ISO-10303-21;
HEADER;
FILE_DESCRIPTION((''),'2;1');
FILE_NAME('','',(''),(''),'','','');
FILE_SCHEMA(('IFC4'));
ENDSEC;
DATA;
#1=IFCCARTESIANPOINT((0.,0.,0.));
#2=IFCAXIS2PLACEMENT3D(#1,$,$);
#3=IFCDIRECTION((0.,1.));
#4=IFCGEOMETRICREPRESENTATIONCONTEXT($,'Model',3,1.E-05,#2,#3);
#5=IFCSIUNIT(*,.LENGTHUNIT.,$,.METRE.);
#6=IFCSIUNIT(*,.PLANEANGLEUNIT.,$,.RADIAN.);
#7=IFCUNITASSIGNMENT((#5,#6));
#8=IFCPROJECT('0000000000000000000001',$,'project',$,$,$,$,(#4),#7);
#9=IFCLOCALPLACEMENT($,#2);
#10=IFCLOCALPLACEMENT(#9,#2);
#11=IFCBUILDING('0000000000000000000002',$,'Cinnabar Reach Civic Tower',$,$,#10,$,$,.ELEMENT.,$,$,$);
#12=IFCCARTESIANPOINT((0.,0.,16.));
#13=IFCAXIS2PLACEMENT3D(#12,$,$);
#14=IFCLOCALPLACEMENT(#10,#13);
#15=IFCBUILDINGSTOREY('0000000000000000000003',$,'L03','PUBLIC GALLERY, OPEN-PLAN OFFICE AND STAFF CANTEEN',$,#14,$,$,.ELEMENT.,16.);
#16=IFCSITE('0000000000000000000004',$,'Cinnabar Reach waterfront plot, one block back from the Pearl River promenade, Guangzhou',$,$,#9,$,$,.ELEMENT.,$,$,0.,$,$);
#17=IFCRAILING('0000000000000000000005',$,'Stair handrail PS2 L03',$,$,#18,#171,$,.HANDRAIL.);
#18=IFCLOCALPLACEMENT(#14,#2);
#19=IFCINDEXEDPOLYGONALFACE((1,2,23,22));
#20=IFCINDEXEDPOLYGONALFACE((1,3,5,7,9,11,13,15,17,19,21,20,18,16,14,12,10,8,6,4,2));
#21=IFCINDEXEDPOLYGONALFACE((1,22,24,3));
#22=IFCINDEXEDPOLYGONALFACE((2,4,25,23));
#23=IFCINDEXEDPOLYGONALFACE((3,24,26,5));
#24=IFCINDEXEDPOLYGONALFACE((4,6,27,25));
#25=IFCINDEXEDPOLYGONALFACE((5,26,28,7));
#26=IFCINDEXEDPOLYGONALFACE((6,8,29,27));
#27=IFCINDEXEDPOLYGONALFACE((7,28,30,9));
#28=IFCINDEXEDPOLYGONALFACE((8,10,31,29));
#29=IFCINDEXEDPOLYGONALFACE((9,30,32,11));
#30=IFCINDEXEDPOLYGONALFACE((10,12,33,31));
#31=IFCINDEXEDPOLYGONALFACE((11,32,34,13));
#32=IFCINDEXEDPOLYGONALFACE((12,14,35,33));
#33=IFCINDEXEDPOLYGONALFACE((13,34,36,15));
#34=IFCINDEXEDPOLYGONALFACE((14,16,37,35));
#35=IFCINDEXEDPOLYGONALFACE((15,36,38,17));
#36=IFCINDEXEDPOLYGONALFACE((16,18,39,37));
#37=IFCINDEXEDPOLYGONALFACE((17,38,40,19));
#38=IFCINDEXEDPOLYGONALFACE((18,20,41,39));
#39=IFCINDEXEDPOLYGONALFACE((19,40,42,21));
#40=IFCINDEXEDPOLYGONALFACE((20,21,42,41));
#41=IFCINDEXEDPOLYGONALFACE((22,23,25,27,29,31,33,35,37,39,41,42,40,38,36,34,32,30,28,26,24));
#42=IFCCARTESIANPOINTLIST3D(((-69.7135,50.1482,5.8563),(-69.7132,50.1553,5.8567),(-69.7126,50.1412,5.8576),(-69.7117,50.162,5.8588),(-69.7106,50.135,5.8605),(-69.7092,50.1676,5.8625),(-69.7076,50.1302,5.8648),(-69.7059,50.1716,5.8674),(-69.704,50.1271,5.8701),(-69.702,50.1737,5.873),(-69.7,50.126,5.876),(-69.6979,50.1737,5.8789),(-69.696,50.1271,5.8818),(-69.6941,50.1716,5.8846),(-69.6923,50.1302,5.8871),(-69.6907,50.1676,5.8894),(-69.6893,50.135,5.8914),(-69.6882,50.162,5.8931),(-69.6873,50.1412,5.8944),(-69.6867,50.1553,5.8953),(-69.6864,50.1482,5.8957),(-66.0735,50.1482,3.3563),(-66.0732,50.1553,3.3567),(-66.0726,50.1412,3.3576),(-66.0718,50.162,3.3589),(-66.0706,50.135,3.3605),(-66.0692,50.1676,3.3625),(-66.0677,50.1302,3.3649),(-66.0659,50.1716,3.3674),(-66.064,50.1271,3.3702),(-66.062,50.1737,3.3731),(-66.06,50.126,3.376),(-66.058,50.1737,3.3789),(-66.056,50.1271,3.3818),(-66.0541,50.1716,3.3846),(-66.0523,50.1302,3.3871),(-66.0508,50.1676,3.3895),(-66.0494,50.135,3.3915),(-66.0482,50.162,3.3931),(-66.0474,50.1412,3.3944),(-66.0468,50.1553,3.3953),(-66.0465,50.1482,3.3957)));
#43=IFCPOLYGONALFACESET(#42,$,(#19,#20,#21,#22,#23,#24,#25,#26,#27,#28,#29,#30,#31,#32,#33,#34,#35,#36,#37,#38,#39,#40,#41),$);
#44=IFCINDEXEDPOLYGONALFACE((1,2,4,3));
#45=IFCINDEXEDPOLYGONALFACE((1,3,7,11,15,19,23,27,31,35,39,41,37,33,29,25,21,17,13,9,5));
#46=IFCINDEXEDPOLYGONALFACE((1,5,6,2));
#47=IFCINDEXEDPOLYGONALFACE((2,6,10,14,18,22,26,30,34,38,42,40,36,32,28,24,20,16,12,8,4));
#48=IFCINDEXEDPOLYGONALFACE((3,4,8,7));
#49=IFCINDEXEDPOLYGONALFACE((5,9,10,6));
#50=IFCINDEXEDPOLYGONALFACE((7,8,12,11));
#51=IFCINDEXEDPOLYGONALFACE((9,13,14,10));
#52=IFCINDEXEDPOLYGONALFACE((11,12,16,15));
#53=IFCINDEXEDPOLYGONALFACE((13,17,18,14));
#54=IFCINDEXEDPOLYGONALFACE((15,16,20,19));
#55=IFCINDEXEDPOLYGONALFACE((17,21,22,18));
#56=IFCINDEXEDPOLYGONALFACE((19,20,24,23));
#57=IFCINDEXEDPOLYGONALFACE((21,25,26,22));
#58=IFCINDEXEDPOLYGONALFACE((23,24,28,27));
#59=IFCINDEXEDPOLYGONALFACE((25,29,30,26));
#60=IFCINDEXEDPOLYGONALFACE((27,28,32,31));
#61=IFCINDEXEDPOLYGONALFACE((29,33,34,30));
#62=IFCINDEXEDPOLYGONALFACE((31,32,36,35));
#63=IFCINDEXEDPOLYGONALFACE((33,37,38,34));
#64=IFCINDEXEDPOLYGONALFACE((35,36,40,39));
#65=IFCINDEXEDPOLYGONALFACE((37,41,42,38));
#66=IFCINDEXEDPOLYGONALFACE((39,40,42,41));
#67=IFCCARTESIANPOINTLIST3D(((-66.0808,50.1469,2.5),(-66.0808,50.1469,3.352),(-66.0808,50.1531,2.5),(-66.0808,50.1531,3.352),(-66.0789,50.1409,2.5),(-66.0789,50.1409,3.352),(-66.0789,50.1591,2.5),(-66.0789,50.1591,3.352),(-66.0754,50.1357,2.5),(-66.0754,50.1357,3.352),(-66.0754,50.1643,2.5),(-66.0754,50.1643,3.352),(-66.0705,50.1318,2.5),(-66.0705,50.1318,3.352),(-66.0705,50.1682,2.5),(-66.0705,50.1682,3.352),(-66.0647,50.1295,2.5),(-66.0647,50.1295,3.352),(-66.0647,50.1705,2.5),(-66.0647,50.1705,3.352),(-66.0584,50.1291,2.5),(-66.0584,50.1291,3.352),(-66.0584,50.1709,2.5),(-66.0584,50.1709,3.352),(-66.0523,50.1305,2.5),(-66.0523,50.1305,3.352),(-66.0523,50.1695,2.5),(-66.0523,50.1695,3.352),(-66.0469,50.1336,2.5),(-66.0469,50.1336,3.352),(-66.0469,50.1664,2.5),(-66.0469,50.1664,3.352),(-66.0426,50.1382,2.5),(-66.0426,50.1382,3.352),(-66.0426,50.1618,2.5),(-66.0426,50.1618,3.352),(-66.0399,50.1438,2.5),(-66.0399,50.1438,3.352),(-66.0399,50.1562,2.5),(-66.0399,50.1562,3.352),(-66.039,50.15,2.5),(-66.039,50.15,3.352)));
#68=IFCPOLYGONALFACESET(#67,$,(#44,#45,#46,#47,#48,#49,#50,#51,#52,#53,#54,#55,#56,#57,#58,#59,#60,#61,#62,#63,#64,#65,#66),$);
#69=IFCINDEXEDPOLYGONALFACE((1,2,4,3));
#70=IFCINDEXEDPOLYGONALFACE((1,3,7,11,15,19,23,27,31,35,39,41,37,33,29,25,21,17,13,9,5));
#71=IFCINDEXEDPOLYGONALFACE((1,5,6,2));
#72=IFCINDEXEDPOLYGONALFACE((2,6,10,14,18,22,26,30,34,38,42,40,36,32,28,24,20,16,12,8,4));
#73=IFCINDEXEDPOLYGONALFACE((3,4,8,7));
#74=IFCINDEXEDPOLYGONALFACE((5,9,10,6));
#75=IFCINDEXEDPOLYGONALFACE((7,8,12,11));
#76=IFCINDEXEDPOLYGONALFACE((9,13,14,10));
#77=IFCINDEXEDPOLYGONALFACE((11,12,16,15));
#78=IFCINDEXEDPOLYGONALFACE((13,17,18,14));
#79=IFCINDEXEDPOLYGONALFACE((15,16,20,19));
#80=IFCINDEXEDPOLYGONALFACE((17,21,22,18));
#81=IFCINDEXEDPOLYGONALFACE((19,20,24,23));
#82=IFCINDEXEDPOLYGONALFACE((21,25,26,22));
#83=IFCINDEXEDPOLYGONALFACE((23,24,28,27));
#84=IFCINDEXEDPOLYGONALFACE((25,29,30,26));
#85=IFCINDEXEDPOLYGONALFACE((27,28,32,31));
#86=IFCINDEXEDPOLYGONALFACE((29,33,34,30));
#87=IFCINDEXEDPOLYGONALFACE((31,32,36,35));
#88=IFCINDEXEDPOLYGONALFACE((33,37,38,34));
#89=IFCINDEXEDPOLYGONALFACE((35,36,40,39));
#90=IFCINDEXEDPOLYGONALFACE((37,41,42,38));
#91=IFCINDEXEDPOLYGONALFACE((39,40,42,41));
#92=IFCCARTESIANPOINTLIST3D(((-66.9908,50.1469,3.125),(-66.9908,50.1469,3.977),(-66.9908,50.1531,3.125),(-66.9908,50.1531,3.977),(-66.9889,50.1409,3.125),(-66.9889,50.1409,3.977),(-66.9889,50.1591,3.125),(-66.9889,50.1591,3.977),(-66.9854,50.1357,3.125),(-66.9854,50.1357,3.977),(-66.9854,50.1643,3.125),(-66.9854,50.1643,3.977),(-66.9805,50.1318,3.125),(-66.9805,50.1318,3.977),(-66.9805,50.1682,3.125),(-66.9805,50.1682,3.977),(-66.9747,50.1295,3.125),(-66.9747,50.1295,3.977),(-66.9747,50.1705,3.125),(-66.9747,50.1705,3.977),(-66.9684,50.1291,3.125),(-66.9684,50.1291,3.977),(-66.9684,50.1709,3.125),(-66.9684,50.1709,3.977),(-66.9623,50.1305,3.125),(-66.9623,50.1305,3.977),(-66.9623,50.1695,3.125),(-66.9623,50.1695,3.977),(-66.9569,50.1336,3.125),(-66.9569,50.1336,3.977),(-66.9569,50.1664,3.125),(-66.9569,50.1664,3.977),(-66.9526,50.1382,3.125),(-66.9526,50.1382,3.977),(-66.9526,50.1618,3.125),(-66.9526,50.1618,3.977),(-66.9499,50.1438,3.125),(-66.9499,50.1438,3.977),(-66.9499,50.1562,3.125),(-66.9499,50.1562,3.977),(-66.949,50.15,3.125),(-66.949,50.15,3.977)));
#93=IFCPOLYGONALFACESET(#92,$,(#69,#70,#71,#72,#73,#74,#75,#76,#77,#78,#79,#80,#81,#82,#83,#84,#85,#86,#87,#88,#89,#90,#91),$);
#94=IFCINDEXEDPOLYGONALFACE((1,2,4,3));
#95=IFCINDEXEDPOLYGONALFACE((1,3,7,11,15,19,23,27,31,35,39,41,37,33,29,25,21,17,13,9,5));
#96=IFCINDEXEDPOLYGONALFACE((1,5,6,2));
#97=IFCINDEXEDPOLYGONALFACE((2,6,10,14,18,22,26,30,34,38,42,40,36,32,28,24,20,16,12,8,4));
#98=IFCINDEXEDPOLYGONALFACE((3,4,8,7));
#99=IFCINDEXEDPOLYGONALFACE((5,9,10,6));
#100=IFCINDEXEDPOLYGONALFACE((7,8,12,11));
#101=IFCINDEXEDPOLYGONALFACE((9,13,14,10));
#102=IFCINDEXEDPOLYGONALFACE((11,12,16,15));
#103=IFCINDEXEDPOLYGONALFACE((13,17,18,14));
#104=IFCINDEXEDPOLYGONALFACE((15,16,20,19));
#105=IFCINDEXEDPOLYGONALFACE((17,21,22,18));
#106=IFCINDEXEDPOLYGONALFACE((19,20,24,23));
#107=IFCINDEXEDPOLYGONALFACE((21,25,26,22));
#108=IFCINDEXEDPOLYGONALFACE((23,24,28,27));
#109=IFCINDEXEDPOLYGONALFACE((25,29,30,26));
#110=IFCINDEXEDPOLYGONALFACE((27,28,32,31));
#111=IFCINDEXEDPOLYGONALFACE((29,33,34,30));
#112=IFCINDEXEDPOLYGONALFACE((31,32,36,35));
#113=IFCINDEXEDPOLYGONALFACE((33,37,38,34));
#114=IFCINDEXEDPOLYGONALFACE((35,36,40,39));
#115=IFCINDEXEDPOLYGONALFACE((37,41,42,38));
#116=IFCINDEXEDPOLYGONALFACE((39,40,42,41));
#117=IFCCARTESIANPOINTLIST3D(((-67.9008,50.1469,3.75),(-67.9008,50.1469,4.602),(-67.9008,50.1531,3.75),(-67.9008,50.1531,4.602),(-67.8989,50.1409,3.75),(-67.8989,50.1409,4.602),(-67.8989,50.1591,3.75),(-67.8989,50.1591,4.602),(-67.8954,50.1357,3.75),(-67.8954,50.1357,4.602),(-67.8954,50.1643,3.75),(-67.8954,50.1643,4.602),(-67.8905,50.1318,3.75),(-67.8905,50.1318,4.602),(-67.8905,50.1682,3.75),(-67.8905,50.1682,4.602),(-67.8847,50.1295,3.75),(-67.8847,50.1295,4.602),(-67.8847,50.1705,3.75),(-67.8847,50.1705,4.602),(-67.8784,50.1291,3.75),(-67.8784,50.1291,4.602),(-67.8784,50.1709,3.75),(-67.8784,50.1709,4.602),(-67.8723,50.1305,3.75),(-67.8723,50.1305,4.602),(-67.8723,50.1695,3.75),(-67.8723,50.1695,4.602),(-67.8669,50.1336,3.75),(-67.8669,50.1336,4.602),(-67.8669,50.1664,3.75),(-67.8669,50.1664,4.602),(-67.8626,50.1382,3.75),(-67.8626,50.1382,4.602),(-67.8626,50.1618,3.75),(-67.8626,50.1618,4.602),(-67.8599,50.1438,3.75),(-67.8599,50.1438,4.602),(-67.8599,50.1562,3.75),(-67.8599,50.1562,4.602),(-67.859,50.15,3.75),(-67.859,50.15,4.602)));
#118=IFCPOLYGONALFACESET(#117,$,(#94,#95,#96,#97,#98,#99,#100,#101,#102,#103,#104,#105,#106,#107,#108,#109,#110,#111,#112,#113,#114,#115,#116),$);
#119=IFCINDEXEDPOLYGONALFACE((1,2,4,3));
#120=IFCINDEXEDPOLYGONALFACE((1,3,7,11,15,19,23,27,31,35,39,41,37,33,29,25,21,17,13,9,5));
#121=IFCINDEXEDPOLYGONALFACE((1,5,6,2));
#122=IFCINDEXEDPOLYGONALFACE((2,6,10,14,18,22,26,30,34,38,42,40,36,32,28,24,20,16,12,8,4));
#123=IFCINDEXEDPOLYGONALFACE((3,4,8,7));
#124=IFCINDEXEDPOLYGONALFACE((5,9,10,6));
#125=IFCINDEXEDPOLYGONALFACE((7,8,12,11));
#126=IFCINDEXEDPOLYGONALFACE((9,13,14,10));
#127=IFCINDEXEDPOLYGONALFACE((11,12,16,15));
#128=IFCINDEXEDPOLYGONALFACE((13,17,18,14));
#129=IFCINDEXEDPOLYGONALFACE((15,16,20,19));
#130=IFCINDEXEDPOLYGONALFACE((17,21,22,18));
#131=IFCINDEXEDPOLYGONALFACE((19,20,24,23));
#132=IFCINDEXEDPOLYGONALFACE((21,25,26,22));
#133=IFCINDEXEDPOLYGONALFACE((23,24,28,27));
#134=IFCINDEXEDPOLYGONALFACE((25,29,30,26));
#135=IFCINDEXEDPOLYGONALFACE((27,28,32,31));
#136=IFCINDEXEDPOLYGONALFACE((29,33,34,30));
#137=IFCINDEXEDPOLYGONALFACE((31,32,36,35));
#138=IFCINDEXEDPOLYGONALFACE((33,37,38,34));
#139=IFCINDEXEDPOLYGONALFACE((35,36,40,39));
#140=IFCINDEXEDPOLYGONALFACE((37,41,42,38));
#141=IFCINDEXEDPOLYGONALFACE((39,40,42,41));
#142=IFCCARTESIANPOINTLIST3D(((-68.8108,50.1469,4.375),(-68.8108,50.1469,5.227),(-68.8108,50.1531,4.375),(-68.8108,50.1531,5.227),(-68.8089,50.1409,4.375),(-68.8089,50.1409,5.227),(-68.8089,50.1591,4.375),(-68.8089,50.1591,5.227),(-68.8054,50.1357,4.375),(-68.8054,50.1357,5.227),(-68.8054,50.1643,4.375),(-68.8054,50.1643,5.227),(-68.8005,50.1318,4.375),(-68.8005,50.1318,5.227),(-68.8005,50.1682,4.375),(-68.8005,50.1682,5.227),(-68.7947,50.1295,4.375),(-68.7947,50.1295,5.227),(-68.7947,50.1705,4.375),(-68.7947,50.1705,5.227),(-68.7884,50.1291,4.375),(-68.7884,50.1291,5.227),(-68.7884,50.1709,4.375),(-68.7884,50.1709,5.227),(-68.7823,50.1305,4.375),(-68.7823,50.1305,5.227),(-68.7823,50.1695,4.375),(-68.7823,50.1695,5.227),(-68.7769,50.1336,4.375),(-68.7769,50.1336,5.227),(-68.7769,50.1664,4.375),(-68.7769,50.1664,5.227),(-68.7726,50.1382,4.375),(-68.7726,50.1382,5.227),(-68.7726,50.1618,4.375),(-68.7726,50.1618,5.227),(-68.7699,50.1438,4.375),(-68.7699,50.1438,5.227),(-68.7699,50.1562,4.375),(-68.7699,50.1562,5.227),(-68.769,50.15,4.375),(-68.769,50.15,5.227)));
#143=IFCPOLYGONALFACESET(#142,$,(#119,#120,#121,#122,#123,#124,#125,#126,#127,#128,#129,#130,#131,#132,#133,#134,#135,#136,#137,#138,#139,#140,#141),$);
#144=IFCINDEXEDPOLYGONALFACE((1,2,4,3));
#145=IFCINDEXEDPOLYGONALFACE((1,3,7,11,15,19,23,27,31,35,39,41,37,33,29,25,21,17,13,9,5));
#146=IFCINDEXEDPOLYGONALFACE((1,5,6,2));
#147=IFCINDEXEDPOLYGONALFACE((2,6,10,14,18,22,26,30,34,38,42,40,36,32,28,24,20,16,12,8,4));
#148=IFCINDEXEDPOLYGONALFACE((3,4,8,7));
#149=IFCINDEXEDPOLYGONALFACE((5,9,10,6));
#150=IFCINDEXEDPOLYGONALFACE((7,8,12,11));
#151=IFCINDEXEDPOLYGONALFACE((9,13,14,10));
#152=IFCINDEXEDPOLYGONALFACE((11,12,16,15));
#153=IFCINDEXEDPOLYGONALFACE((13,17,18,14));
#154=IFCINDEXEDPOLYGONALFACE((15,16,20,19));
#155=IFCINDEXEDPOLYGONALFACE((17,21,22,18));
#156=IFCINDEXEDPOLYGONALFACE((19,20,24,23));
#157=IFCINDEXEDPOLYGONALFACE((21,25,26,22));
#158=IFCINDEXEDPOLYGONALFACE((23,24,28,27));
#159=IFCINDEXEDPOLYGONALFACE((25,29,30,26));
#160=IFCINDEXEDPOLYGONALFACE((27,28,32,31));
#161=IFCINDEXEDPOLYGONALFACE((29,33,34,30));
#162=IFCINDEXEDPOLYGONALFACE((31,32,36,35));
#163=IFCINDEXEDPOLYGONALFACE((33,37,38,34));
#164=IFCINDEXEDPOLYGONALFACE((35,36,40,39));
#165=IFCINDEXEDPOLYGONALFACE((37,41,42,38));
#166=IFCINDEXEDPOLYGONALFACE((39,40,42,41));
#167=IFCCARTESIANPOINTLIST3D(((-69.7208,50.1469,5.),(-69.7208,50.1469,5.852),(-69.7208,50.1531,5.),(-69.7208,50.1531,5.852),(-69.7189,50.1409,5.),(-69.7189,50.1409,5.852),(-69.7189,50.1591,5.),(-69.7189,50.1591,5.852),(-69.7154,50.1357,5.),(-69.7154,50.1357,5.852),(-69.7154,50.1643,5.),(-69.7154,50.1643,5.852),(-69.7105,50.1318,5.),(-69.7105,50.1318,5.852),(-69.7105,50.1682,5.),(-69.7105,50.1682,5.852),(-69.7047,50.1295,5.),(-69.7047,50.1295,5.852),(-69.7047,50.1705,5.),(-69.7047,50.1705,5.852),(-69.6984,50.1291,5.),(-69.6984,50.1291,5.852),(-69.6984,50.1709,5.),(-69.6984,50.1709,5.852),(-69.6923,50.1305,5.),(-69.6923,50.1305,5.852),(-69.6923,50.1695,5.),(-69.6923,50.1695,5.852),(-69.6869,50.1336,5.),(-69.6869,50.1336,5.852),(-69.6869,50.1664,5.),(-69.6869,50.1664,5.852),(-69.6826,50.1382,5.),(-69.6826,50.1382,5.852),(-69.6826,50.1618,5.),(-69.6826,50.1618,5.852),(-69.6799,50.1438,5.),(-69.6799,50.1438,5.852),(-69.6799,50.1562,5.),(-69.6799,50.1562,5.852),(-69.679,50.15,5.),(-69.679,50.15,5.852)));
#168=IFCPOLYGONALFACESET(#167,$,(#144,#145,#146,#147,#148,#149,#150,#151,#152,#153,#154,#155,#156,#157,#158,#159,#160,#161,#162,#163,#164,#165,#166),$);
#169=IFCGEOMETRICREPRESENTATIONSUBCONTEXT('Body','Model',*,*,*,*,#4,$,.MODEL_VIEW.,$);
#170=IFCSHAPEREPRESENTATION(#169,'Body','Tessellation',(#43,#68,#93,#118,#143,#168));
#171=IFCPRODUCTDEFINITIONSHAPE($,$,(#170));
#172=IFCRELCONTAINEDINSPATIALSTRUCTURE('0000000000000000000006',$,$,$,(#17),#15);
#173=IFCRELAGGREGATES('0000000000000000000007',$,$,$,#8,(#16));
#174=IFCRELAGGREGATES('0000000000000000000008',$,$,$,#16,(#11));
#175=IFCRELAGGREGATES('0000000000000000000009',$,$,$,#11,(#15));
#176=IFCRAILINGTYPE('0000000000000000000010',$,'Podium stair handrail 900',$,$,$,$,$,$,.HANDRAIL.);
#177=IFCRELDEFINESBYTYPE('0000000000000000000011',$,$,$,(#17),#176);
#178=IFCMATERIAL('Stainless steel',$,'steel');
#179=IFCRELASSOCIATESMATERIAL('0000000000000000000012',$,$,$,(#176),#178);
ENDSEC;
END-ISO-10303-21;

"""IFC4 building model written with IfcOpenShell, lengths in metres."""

from ifc_helpers import new_model, si_unit, direction, frame, origin, origin_2d, place, context, subcontext, project, spatial, circle, extrude, material, type_object, element, save


model = new_model("IFC4")

# Units and contexts
model_context = context("Model", 3, precision=1e-05, world=origin(), true_north=direction((0.0, 1.0)))
body_context = subcontext(model_context, "Body", "Model", "MODEL_VIEW")
ifc_project = project(units=[si_unit("LENGTHUNIT", "METRE"), si_unit("PLANEANGLEUNIT", "RADIAN")], contexts=[model_context])

# Site, building, storey
site_placement = place(None, origin())
site = spatial("IfcSite", under=ifc_project, at=site_placement, Name="Cinnabar Reach waterfront plot, one block back from the Pearl River promenade, Guangzhou", CompositionType="ELEMENT", RefElevation=0.0)
building_placement = place(site_placement, origin())
building = spatial("IfcBuilding", under=site, at=building_placement, Name="Cinnabar Reach Civic Tower", CompositionType="ELEMENT")
storey_placement = place(building_placement, frame((0.0, 0.0, 16.0)))
storey = spatial("IfcBuildingStorey", under=building, at=storey_placement, Name="L03", Description="PUBLIC GALLERY, OPEN-PLAN OFFICE AND STAFF CANTEEN", CompositionType="ELEMENT", Elevation=16.0)

# Railing
ifc_material_1 = material(Name="Stainless steel", Category="steel")
railing_type_1 = type_object("IfcRailingType", Name="Podium stair handrail 900", PredefinedType="HANDRAIL", material=ifc_material_1)
railing_1_placement = place(storey_placement, frame((-66.06, 50.15, 2.5)))
element("IfcRailing", 1, at=railing_1_placement, inside=storey, type_object=railing_type_1, Name="Stair handrail PS2 L03", PredefinedType="HANDRAIL", context=body_context, shape_type="SweptSolid", body=[
    extrude(circle(Radius=0.024, at=origin_2d()), frame((0.0, 0.0, 0.876), z_axis=(-0.824306, 0.0, 0.566144), x_axis=(0.0, -1.0, 0.0)), (0.0, 0.0, 1.0), 4.4158),
    extrude(circle(Radius=0.021, at=origin_2d()), origin(), (0.0, 0.0, 1.0), 0.852),
    extrude(circle(Radius=0.021, at=origin_2d()), frame((-0.91, 0.0, 0.625)), (0.0, 0.0, 1.0), 0.852),
    extrude(circle(Radius=0.021, at=origin_2d()), frame((-1.82, 0.0, 1.25)), (0.0, 0.0, 1.0), 0.852),
    extrude(circle(Radius=0.021, at=origin_2d()), frame((-2.73, 0.0, 1.875)), (0.0, 0.0, 1.0), 0.852),
    extrude(circle(Radius=0.021, at=origin_2d()), frame((-3.64, 0.0, 2.5)), (0.0, 0.0, 1.0), 0.852),
])

save(model, "model.ifc")
